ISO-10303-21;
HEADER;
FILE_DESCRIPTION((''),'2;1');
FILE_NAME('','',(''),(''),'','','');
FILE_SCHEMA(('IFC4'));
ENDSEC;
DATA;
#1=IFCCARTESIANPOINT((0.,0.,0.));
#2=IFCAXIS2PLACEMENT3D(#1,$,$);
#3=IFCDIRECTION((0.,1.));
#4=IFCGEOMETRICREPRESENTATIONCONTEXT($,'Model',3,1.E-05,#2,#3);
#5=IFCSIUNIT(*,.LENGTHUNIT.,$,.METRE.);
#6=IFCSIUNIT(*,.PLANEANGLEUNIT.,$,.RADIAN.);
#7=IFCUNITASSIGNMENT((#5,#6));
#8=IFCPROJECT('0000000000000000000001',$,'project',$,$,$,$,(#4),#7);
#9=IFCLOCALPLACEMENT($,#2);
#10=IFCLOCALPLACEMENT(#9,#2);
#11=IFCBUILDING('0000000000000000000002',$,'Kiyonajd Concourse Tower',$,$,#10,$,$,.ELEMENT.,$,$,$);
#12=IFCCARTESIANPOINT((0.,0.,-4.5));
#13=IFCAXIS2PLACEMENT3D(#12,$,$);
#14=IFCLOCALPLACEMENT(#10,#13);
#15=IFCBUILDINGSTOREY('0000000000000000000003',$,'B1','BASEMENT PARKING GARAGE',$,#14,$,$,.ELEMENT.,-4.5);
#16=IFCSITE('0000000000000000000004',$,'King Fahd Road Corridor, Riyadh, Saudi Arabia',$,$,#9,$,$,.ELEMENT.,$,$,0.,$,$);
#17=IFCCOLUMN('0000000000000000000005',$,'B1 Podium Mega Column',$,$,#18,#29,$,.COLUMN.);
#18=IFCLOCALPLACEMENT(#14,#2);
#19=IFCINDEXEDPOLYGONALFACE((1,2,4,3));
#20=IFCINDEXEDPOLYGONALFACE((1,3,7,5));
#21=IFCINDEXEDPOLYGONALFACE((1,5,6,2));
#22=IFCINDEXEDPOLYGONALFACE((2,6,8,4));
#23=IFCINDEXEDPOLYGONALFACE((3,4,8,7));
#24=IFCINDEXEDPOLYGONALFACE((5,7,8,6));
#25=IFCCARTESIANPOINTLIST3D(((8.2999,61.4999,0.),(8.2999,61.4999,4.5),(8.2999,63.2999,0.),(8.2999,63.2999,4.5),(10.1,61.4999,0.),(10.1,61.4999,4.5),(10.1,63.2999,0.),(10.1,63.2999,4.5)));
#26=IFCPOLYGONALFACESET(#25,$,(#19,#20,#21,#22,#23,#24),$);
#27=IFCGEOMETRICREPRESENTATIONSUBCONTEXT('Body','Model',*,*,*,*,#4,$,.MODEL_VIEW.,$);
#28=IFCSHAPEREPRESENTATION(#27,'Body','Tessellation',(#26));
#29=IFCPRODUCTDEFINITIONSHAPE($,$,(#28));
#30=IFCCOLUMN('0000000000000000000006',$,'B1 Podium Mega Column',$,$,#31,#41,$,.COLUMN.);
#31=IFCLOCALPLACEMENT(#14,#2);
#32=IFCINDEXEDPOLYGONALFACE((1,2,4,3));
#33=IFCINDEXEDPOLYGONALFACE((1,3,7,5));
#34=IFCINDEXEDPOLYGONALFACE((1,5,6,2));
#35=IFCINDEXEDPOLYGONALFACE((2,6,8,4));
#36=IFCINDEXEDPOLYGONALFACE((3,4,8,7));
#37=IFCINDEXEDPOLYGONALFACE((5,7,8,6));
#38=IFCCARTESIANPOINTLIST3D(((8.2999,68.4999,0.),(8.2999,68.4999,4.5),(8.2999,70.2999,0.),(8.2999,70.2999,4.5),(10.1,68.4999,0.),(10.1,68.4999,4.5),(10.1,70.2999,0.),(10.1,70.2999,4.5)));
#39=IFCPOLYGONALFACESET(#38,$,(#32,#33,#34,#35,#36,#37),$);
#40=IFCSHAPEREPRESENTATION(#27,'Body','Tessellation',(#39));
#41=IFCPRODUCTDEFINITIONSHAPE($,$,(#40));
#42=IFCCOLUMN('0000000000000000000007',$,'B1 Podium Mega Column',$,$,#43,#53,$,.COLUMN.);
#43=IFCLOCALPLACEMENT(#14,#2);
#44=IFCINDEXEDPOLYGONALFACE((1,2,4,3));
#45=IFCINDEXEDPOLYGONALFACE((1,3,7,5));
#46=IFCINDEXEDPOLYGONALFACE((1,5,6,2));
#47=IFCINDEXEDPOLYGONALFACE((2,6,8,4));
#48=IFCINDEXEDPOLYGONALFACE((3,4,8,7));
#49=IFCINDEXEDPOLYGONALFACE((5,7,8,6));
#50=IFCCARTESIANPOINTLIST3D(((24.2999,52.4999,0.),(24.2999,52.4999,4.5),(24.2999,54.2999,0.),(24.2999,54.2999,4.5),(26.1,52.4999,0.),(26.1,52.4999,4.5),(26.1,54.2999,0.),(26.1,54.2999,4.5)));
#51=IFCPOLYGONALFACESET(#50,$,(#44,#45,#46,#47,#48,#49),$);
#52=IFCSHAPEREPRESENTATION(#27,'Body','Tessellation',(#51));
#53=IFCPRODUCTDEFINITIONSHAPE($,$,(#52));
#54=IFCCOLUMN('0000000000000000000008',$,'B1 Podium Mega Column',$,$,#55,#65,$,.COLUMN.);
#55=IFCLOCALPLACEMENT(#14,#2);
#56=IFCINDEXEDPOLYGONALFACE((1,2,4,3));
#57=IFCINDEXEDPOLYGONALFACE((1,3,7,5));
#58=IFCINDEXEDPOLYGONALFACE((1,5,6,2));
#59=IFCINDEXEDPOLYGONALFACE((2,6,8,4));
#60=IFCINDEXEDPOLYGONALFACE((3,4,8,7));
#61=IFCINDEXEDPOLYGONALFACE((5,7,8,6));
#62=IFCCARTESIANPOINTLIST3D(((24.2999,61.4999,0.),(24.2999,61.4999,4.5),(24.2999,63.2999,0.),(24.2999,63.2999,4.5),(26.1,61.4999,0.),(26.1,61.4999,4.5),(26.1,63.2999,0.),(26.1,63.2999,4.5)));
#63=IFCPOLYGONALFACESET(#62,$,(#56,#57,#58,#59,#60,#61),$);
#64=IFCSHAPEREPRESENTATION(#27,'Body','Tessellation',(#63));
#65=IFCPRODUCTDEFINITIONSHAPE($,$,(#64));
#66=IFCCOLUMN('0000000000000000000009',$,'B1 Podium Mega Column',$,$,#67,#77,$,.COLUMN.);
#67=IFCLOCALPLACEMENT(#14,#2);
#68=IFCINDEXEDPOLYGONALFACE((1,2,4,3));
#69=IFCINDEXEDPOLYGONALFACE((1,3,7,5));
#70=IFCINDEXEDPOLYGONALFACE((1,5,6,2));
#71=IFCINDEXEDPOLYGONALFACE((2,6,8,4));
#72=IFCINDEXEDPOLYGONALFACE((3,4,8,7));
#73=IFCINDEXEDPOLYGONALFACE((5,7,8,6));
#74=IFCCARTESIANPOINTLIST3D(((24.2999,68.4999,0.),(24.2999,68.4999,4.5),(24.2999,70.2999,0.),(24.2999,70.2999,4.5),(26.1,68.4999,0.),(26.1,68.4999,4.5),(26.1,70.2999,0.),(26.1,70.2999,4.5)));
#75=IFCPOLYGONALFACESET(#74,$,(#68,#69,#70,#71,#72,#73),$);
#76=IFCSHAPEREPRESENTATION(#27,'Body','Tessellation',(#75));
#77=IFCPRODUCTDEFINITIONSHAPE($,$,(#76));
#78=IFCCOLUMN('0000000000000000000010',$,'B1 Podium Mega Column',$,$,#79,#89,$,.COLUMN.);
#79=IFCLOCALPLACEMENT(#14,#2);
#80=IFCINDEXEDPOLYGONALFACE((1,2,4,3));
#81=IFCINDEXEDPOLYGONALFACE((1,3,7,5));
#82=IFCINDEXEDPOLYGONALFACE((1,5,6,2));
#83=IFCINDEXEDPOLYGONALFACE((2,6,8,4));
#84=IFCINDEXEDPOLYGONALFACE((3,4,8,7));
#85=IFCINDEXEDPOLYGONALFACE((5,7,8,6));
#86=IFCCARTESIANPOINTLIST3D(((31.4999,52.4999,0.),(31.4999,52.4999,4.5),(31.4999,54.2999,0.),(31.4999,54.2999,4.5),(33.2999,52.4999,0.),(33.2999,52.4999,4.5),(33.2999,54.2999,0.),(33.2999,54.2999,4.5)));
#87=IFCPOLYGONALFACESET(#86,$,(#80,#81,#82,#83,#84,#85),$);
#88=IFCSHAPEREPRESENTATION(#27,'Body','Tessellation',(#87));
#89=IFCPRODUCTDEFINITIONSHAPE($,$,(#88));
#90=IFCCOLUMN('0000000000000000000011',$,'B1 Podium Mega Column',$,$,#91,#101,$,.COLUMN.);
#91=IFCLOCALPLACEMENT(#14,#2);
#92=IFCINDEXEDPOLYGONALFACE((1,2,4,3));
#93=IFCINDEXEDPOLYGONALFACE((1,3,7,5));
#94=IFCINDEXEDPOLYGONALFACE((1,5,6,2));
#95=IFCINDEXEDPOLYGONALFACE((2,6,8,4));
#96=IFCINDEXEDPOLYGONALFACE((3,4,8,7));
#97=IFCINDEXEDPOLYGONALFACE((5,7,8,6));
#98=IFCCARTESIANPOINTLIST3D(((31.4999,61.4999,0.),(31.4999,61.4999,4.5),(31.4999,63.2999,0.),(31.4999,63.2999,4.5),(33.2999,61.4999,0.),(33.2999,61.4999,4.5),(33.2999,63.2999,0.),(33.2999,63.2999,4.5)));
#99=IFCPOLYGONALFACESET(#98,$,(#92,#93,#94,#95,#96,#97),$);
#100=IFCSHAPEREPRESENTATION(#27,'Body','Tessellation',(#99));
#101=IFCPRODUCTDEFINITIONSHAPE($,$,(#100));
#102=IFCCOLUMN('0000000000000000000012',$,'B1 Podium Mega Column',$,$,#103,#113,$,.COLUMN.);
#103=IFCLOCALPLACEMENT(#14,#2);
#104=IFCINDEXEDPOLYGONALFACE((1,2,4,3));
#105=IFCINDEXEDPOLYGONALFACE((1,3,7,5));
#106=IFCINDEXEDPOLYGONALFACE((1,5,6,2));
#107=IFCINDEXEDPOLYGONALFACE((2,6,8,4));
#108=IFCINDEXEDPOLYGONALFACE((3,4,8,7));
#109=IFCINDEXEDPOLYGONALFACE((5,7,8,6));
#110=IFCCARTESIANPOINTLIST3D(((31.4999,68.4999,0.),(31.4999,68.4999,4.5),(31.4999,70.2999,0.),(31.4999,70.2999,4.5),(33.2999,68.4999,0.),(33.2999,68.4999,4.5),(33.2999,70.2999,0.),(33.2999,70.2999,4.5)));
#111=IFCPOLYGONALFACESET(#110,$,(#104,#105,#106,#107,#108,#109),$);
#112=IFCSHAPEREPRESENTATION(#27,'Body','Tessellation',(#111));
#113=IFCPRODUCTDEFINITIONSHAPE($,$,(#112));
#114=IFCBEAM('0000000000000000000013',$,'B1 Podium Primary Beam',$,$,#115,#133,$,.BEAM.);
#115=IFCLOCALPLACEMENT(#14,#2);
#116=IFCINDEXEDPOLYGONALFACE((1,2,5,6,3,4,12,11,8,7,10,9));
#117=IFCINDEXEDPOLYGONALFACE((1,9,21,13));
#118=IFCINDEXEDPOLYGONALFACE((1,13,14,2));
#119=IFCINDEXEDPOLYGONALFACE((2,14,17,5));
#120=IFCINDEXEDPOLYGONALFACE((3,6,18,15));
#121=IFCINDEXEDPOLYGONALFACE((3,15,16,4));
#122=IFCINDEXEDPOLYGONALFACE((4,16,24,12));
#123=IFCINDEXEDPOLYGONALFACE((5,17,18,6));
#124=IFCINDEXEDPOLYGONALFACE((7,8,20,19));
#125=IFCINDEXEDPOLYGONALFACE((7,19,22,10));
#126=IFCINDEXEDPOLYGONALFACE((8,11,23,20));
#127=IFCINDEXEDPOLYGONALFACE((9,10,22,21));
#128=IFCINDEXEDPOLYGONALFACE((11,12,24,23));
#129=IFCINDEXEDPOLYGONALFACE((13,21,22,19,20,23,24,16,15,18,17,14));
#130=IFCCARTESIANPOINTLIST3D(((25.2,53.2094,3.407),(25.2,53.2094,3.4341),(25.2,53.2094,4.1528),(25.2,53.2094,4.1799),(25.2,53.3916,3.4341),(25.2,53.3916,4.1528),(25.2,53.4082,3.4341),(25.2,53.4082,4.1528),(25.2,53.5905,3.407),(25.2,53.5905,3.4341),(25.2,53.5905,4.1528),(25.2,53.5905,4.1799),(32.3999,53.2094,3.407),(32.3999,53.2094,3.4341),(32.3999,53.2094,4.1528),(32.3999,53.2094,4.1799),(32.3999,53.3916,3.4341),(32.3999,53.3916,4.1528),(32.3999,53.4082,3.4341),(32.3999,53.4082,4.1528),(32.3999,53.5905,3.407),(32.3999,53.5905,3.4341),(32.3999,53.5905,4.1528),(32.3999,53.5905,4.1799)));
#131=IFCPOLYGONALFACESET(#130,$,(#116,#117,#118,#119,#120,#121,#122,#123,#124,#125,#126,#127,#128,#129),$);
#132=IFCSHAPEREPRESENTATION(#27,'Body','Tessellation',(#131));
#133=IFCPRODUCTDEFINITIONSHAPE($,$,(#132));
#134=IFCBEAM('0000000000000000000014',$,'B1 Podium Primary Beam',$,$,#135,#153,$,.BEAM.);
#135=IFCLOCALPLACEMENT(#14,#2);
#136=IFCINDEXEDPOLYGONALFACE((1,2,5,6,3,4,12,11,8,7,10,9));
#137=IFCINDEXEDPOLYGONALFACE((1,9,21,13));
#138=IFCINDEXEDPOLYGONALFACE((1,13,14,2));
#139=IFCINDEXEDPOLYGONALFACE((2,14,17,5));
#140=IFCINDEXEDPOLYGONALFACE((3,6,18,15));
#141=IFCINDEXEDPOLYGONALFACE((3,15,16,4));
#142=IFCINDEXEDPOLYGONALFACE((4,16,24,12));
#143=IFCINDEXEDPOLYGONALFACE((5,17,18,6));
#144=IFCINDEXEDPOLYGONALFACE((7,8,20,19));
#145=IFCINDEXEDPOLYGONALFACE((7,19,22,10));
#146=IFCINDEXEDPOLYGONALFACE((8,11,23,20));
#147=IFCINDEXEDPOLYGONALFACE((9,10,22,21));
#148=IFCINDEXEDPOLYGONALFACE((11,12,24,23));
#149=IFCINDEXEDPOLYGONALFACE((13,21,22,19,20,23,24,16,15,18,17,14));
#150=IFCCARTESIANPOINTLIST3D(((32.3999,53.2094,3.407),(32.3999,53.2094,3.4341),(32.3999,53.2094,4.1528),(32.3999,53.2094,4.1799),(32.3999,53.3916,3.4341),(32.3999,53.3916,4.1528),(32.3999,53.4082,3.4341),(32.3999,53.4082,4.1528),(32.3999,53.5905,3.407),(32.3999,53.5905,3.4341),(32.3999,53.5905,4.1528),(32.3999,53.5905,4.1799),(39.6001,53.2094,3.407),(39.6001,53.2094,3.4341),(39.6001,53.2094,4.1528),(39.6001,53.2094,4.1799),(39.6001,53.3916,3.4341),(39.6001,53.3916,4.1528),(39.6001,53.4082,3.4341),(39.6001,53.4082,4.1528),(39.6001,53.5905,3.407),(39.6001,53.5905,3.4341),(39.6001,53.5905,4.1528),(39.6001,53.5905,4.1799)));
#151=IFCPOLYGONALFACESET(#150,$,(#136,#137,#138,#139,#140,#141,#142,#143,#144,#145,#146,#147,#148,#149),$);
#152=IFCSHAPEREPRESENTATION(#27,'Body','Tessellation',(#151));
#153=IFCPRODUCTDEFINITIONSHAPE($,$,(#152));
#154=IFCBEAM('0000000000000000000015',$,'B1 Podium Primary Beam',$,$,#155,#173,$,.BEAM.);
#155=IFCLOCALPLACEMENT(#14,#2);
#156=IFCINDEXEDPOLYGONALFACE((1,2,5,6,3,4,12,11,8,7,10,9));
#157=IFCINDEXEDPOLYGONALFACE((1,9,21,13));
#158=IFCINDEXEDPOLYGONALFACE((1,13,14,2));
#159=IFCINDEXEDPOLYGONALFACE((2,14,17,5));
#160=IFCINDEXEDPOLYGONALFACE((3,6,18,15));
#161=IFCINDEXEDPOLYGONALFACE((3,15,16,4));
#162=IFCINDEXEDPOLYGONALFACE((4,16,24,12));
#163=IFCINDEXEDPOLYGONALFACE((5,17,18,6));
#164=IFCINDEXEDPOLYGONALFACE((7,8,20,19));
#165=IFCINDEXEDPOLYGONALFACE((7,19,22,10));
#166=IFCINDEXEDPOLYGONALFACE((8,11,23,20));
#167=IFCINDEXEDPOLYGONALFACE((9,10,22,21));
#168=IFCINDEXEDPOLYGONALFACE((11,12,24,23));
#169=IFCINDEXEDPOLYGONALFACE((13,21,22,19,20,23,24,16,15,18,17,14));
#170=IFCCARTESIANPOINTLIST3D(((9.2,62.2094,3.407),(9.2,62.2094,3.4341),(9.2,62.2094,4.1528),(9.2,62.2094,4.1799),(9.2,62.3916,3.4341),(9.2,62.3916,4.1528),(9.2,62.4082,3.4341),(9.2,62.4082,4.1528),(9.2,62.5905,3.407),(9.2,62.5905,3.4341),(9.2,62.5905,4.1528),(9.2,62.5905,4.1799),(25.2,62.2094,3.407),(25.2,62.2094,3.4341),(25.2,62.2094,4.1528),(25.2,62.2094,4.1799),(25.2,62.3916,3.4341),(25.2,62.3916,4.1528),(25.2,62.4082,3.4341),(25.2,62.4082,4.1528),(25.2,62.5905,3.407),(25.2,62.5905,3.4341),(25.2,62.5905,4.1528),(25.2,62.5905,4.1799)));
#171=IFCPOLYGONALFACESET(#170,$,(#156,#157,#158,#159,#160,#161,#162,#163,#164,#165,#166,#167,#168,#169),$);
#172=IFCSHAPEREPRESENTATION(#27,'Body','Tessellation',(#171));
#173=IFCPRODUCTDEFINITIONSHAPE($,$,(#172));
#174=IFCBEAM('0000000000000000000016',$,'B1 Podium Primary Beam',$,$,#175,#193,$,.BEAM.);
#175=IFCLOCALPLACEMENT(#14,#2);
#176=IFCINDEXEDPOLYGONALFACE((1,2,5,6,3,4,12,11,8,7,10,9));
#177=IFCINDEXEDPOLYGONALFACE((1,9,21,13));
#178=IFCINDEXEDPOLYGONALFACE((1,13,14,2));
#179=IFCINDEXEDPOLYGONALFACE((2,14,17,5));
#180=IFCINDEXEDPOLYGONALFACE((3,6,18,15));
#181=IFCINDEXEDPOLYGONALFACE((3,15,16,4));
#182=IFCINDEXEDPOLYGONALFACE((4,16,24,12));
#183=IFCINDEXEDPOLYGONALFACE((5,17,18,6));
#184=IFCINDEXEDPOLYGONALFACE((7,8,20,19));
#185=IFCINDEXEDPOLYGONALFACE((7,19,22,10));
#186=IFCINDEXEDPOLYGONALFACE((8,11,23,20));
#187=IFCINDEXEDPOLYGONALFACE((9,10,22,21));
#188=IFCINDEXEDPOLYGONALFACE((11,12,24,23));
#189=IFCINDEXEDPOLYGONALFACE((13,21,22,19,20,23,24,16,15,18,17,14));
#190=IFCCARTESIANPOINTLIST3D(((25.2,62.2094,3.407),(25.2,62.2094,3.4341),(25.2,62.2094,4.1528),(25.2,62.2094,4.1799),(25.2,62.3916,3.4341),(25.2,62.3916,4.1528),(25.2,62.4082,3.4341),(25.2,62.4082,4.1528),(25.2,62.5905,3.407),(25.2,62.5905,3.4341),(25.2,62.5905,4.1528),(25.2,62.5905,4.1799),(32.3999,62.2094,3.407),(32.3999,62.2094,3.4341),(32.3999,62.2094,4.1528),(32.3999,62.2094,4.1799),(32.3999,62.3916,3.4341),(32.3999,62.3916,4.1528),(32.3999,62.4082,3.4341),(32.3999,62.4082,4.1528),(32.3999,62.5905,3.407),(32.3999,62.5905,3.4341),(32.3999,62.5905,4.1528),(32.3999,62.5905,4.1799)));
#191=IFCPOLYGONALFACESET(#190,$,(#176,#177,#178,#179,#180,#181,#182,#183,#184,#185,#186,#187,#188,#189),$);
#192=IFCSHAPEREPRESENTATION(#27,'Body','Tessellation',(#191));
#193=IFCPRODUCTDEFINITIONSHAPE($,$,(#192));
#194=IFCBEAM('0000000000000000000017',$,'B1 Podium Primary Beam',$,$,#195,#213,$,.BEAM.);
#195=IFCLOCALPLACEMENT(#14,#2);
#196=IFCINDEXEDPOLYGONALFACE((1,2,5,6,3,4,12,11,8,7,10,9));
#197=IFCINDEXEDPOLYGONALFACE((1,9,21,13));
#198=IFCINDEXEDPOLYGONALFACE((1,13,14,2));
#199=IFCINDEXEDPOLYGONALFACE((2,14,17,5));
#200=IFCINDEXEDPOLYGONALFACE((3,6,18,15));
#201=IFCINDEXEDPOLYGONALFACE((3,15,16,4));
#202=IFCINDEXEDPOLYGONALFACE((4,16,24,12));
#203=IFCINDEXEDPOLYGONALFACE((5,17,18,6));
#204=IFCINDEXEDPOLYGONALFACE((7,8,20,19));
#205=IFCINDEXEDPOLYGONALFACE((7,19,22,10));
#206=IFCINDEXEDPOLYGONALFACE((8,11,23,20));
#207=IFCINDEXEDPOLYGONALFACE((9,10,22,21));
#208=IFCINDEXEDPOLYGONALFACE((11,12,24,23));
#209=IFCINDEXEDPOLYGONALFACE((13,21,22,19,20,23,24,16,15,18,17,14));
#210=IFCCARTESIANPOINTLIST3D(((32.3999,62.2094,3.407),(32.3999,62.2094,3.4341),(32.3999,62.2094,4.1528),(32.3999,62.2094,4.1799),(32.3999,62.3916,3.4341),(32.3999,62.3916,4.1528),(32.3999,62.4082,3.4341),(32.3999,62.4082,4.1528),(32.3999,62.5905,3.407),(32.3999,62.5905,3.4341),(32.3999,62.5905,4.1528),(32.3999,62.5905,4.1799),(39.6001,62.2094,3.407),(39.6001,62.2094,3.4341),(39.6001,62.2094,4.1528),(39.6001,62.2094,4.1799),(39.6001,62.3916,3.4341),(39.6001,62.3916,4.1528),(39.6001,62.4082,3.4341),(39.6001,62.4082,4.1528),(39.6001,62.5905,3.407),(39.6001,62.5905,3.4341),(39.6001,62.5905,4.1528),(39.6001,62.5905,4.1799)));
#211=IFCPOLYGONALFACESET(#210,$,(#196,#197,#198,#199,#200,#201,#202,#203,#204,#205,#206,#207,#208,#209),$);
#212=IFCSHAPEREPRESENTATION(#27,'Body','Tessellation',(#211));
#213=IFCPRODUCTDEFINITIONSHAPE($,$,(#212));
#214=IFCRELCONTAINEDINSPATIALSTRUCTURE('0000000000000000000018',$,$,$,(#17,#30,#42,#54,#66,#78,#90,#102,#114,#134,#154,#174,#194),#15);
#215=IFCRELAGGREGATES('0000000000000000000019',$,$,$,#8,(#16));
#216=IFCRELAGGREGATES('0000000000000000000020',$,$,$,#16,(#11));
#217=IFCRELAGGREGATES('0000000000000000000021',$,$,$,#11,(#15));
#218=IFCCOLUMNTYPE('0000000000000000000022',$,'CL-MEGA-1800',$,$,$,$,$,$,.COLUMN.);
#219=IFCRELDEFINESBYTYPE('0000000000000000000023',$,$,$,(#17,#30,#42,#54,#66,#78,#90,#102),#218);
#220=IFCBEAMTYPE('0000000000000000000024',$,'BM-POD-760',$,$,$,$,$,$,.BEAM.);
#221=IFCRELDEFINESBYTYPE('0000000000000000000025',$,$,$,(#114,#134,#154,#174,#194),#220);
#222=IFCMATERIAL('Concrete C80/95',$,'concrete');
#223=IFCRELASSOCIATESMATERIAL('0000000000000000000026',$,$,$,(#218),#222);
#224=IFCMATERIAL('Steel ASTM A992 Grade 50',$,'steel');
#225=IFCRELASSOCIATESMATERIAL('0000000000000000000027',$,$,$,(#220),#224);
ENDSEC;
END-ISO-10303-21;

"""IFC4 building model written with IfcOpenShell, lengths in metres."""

from ifc_helpers import new_model, si_unit, direction, frame, origin, origin_2d, place, context, subcontext, project, spatial, rectangle, i_section, extrude, material, material_profile, profile_set, type_object, element, save


model = new_model("IFC4")

# Units and contexts
model_context = context("Model", 3, precision=1e-05, world=origin(), true_north=direction((0.0, 1.0)))
body_context = subcontext(model_context, "Body", "Model", "MODEL_VIEW")
ifc_project = project(units=[si_unit("LENGTHUNIT", "METRE"), si_unit("PLANEANGLEUNIT", "RADIAN")], contexts=[model_context])

# Site, building, storey
site_placement = place(None, origin())
site = spatial("IfcSite", under=ifc_project, at=site_placement, Name="King Fahd Road Corridor, Riyadh, Saudi Arabia", CompositionType="ELEMENT", RefElevation=0.0)
building_placement = place(site_placement, origin())
building = spatial("IfcBuilding", under=site, at=building_placement, Name="Kiyonajd Concourse Tower", CompositionType="ELEMENT")
storey_placement = place(building_placement, frame((0.0, 0.0, -4.5)))
storey = spatial("IfcBuildingStorey", under=building, at=storey_placement, Name="B1", Description="BASEMENT PARKING GARAGE", CompositionType="ELEMENT", Elevation=-4.5)

# Columns
ifc_material_1 = material(Name="Concrete C80/95", Category="concrete")
ifc_material_profile_1 = material_profile(ifc_material_1, rectangle(XDim=1.8, YDim=1.8, at=origin_2d()), Name="RC-1800x1800")
ifc_profile_set_1 = profile_set([ifc_material_profile_1], Name="Concrete C80/95")
column_type = type_object("IfcColumnType", Name="CL-MEGA-1800", PredefinedType="COLUMN", material=ifc_profile_set_1)
for number, where, z_axis, x_axis, name in (
    (1, (9.2, 62.3999, 0.0), (0.0, 0.0, 1.0), (1.0, 0.0, 0.0), "B1 Podium Mega Column"),
    (2, (9.2, 69.3999, 0.0), (0.0, 0.0, 1.0), (1.0, 0.0, 0.0), "B1 Podium Mega Column"),
    (3, (25.2, 53.3999, 0.0), (0.0, 0.0, 1.0), (1.0, 0.0, 0.0), "B1 Podium Mega Column"),
    (4, (25.2, 62.3999, 0.0), (0.0, 0.0, 1.0), (1.0, 0.0, 0.0), "B1 Podium Mega Column"),
    (5, (25.2, 69.3999, 0.0), (0.0, 0.0, 1.0), (1.0, 0.0, 0.0), "B1 Podium Mega Column"),
    (6, (32.3999, 53.3999, 0.0), (0.0, 0.0, 1.0), (1.0, 0.0, 0.0), "B1 Podium Mega Column"),
    (7, (32.3999, 62.3999, 0.0), (0.0, 0.0, 1.0), (1.0, 0.0, 0.0), "B1 Podium Mega Column"),
    (8, (32.3999, 69.3999, 0.0), (0.0, 0.0, 1.0), (1.0, 0.0, 0.0), "B1 Podium Mega Column"),
):
    element("IfcColumn", number, at=place(storey_placement, frame(where, z_axis=z_axis, x_axis=x_axis)), inside=storey, type_object=column_type, Name=name, PredefinedType="COLUMN", context=body_context, shape_type="SweptSolid", body=[
        extrude(rectangle(XDim=1.8, YDim=1.8, at=origin_2d()), origin(), (0.0, 0.0, 1.0), 4.5),
    ])

# Beams
ifc_material_2 = material(Name="Steel ASTM A992 Grade 50", Category="steel")
ifc_material_profile_2 = material_profile(ifc_material_2, i_section(OverallWidth=0.3811, OverallDepth=0.7729, WebThickness=0.0166, FlangeThickness=0.0271, at=origin_2d()), Name="W760X257")
ifc_profile_set_2 = profile_set([ifc_material_profile_2], Name="Steel ASTM A992 Grade 50")
beam_type = type_object("IfcBeamType", Name="BM-POD-760", PredefinedType="BEAM", material=ifc_profile_set_2)
beam_1_placement = place(storey_placement, frame((25.2, 53.3999, 3.7935), z_axis=(1.0, 0.0, 0.0), x_axis=(0.0, 1.0, 0.0)))
element("IfcBeam", 9, at=beam_1_placement, inside=storey, type_object=beam_type, Name="B1 Podium Primary Beam", PredefinedType="BEAM", context=body_context, shape_type="SweptSolid", body=[
    extrude(i_section(OverallWidth=0.3811, OverallDepth=0.7729, WebThickness=0.0166, FlangeThickness=0.0271, at=origin_2d()), origin(), (0.0, 0.0, 1.0), 7.2),
])
beam_2_placement = place(storey_placement, frame((32.3999, 53.3999, 3.7935), z_axis=(1.0, 0.0, 0.0), x_axis=(0.0, 1.0, 0.0)))
element("IfcBeam", 10, at=beam_2_placement, inside=storey, type_object=beam_type, Name="B1 Podium Primary Beam", PredefinedType="BEAM", context=body_context, shape_type="SweptSolid", body=[
    extrude(i_section(OverallWidth=0.3811, OverallDepth=0.7729, WebThickness=0.0166, FlangeThickness=0.0271, at=origin_2d()), origin(), (0.0, 0.0, 1.0), 7.2002),
])
beam_3_placement = place(storey_placement, frame((9.2, 62.3999, 3.7935), z_axis=(1.0, 0.0, 0.0), x_axis=(0.0, 1.0, 0.0)))
element("IfcBeam", 11, at=beam_3_placement, inside=storey, type_object=beam_type, Name="B1 Podium Primary Beam", PredefinedType="BEAM", context=body_context, shape_type="SweptSolid", body=[
    extrude(i_section(OverallWidth=0.3811, OverallDepth=0.7729, WebThickness=0.0166, FlangeThickness=0.0271, at=origin_2d()), origin(), (0.0, 0.0, 1.0), 16.0),
])
beam_4_placement = place(storey_placement, frame((25.2, 62.3999, 3.7935), z_axis=(1.0, 0.0, 0.0), x_axis=(0.0, 1.0, 0.0)))
element("IfcBeam", 12, at=beam_4_placement, inside=storey, type_object=beam_type, Name="B1 Podium Primary Beam", PredefinedType="BEAM", context=body_context, shape_type="SweptSolid", body=[
    extrude(i_section(OverallWidth=0.3811, OverallDepth=0.7729, WebThickness=0.0166, FlangeThickness=0.0271, at=origin_2d()), origin(), (0.0, 0.0, 1.0), 7.2),
])
beam_5_placement = place(storey_placement, frame((32.3999, 62.3999, 3.7935), z_axis=(1.0, 0.0, 0.0), x_axis=(0.0, 1.0, 0.0)))
element("IfcBeam", 13, at=beam_5_placement, inside=storey, type_object=beam_type, Name="B1 Podium Primary Beam", PredefinedType="BEAM", context=body_context, shape_type="SweptSolid", body=[
    extrude(i_section(OverallWidth=0.3811, OverallDepth=0.7729, WebThickness=0.0166, FlangeThickness=0.0271, at=origin_2d()), origin(), (0.0, 0.0, 1.0), 7.2002),
])

save(model, "model.ifc")
